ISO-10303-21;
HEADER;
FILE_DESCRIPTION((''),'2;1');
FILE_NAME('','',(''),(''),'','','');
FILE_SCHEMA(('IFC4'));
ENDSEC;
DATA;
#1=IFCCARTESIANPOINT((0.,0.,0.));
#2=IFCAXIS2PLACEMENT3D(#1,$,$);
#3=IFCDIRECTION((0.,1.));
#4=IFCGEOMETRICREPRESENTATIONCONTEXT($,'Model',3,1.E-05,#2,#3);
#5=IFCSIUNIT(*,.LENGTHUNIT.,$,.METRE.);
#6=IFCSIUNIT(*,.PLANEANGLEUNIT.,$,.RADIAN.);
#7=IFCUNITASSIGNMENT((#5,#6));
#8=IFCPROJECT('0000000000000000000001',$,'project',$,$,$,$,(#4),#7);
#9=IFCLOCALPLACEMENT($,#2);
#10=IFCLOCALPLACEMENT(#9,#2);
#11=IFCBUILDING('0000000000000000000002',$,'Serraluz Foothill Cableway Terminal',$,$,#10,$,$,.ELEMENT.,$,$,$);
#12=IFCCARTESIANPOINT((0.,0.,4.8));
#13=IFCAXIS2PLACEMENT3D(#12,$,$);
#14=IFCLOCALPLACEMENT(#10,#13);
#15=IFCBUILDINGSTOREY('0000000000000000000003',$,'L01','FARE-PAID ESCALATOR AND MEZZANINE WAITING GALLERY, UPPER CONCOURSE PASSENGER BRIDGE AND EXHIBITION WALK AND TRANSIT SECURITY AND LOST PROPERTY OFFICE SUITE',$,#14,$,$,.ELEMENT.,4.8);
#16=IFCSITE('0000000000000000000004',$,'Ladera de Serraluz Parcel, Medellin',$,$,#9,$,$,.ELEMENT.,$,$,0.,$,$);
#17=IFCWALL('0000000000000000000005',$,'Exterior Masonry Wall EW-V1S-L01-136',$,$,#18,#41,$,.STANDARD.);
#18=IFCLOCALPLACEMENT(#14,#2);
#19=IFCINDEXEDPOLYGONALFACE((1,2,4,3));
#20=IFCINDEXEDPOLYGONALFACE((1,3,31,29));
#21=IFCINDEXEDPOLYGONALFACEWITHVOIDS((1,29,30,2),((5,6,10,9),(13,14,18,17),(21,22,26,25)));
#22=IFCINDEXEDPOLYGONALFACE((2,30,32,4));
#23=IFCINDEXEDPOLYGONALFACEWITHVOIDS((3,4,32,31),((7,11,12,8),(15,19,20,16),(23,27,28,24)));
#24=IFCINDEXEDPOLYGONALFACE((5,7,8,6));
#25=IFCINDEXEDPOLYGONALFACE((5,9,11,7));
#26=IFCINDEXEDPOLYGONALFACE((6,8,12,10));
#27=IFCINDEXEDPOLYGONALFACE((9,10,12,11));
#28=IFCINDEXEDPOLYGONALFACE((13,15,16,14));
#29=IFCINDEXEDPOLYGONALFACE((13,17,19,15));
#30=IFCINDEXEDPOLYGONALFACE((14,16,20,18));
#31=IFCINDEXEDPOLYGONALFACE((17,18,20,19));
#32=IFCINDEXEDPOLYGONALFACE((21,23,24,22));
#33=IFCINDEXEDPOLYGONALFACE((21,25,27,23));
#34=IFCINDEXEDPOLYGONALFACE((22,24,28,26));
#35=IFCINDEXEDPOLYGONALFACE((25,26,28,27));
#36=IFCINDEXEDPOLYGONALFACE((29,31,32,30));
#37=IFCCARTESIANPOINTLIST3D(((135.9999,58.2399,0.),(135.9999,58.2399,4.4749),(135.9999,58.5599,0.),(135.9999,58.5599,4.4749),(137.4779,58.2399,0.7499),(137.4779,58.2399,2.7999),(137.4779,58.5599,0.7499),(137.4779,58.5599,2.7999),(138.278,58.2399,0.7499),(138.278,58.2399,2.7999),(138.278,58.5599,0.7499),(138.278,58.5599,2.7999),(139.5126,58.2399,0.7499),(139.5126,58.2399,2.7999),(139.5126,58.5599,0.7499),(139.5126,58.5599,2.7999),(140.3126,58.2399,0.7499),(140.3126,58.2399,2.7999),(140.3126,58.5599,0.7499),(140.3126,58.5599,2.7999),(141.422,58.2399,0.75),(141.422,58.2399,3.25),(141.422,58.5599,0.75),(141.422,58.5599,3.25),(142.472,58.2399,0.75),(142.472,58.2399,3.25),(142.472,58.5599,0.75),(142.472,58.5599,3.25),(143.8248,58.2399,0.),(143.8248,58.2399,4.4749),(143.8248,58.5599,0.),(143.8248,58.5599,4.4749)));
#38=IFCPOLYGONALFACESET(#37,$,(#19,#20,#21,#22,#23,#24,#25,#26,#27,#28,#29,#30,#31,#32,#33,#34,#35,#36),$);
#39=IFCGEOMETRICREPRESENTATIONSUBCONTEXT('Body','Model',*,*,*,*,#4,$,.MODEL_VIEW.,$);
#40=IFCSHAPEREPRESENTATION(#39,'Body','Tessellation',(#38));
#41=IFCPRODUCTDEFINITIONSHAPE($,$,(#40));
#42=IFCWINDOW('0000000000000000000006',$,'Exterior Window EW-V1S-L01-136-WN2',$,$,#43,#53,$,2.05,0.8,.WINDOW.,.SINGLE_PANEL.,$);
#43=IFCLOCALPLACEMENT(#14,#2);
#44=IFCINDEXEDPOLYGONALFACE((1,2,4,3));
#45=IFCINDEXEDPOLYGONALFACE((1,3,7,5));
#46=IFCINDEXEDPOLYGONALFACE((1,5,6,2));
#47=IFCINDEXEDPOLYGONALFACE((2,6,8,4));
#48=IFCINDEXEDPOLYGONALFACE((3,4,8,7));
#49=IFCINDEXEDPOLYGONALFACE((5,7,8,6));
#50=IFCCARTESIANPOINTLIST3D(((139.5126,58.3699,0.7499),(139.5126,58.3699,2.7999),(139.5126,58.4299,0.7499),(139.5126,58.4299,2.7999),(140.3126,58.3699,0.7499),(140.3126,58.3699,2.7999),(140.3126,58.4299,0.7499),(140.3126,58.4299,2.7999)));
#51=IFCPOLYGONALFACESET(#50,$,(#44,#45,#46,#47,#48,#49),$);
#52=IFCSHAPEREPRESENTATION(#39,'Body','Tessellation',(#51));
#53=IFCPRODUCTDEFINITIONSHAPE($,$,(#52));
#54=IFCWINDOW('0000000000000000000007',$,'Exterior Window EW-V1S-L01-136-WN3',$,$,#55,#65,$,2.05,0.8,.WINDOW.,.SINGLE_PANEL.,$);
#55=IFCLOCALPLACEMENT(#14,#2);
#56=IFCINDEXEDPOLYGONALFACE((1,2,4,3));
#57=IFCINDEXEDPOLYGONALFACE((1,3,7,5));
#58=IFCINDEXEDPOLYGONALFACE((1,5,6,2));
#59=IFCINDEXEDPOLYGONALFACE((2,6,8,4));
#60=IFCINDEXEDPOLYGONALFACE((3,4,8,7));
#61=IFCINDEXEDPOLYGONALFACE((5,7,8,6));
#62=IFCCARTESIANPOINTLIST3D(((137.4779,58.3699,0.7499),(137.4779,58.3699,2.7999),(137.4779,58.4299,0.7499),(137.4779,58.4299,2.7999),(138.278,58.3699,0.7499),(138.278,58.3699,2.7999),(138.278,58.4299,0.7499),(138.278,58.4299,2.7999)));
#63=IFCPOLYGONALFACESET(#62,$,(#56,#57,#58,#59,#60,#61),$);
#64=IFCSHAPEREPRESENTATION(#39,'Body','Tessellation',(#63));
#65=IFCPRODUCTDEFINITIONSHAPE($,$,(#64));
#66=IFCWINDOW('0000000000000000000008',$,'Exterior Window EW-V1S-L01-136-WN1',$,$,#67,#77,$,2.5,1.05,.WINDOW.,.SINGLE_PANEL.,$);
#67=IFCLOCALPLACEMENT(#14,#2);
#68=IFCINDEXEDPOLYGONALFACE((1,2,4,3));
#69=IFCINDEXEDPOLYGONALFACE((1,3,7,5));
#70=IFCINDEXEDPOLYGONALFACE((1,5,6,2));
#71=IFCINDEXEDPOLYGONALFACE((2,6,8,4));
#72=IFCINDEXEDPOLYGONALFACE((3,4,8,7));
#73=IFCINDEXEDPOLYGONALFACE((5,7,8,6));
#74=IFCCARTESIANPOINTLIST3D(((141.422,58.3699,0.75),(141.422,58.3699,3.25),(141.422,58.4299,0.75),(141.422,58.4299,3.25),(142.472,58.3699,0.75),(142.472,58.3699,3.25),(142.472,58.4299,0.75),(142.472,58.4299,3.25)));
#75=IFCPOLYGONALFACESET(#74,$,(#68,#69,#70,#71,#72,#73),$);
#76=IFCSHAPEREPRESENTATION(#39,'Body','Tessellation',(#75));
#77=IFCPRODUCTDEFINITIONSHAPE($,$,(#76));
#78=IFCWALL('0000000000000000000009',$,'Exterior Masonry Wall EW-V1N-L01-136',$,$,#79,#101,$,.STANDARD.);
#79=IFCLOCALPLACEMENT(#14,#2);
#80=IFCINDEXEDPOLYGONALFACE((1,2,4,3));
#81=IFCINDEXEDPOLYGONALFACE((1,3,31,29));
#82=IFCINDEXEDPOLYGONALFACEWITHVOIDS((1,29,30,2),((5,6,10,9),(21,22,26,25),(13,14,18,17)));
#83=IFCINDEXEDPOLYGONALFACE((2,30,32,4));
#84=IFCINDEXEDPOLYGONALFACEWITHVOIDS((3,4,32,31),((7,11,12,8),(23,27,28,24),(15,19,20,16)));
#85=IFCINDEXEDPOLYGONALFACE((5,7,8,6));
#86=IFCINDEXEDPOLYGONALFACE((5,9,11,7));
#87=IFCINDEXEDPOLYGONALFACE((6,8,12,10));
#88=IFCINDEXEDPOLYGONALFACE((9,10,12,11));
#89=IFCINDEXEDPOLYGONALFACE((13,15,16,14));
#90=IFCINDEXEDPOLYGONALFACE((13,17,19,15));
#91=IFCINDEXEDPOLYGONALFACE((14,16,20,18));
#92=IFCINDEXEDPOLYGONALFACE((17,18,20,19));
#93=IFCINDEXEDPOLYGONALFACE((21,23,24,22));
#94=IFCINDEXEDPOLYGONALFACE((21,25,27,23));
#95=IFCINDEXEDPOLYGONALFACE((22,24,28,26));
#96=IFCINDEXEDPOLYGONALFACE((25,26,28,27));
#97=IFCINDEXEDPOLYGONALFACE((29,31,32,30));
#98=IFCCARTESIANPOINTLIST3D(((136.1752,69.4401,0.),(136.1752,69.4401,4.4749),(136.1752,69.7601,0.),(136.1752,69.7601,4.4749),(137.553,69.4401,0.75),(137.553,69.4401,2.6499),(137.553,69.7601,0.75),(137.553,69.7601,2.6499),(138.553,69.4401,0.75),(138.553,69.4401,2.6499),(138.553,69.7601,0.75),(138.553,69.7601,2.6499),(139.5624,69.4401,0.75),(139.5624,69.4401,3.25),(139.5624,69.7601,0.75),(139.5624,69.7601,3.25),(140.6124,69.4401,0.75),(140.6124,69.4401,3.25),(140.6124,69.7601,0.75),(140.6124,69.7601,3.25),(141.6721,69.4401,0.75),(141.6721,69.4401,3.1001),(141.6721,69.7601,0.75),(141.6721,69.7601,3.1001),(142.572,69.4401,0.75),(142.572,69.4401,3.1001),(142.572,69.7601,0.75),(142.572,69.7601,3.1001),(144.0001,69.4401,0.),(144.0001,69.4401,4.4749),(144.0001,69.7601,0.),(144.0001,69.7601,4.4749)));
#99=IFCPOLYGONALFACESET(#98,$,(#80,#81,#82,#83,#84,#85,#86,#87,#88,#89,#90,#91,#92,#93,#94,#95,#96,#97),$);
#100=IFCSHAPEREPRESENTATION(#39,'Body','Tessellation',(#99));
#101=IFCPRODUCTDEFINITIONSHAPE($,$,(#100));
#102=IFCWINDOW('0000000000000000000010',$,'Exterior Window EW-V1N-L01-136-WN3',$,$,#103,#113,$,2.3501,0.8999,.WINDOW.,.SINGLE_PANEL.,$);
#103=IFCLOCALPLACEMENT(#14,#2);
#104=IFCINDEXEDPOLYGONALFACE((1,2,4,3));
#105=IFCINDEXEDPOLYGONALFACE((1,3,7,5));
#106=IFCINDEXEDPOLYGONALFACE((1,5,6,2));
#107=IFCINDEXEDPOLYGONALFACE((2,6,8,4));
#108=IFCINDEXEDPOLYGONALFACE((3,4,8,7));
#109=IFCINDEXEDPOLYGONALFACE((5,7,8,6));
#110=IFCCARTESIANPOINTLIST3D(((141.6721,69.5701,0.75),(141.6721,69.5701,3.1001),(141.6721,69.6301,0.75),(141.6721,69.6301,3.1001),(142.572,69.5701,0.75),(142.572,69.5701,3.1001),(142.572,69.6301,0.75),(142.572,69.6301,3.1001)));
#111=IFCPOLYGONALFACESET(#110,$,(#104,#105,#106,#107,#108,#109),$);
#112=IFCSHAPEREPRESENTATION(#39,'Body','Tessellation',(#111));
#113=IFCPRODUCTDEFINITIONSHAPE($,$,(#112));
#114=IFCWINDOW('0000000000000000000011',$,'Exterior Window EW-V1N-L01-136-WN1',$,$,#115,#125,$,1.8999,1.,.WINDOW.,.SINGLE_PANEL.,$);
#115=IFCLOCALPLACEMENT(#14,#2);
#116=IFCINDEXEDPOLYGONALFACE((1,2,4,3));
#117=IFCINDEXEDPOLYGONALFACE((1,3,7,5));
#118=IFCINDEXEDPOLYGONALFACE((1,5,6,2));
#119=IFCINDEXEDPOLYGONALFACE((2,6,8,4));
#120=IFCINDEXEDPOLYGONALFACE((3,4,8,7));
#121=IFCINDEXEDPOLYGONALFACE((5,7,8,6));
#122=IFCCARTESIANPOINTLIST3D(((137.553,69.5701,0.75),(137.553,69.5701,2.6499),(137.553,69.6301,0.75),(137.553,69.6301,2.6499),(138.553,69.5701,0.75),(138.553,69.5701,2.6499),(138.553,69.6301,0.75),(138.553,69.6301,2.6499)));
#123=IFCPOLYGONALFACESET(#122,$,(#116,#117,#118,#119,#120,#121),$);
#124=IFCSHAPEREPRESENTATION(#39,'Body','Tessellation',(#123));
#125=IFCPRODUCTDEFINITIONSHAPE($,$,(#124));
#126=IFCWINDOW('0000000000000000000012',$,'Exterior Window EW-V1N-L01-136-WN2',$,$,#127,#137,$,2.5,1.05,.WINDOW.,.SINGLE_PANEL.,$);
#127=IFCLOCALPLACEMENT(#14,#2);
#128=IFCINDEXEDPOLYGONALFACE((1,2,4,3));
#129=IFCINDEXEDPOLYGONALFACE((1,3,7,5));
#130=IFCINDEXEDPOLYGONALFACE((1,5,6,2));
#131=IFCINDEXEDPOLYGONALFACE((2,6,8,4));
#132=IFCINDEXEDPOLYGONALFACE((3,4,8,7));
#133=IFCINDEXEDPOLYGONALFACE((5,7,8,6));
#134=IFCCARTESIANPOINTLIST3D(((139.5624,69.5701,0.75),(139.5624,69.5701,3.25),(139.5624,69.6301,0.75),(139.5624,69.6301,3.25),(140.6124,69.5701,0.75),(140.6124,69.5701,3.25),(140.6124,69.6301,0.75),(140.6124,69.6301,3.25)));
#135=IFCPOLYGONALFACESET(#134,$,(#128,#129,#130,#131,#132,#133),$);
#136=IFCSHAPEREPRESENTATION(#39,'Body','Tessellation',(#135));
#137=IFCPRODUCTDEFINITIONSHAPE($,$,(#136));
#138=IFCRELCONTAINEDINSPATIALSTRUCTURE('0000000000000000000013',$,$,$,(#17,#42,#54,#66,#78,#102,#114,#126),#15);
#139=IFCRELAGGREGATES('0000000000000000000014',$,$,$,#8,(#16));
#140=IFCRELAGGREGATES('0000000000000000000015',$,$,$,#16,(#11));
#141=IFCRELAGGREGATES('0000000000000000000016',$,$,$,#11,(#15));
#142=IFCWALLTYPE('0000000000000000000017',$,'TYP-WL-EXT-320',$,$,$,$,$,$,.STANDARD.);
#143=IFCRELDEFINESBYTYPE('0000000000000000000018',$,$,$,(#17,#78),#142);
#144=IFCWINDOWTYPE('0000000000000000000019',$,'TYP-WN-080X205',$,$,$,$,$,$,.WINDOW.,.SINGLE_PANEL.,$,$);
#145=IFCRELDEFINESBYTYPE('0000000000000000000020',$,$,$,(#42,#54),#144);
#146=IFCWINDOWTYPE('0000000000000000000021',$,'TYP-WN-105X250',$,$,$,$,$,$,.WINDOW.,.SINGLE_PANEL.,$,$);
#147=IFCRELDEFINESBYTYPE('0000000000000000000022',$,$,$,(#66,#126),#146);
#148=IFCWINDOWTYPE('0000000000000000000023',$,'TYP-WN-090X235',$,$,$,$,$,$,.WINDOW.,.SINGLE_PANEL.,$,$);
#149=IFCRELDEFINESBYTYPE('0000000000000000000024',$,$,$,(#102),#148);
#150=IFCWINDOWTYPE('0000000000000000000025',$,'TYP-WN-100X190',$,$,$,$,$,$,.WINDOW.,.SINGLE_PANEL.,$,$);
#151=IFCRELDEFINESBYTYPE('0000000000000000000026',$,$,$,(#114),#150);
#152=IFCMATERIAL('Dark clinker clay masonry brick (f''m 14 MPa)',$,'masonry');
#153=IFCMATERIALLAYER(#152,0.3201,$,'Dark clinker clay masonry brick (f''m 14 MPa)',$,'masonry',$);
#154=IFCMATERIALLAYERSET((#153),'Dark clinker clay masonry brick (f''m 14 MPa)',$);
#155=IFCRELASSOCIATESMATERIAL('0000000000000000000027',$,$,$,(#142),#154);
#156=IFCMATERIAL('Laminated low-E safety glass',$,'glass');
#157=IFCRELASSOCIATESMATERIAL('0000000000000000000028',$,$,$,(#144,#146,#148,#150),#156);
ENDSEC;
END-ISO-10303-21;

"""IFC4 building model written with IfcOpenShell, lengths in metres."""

from ifc_helpers import new_model, si_unit, direction, frame, frame_2d, origin, place, context, subcontext, project, spatial, rectangle, extrude, material, layer, layer_set, type_object, element, fill, save


model = new_model("IFC4")

# Units and contexts
model_context = context("Model", 3, precision=1e-05, world=origin(), true_north=direction((0.0, 1.0)))
body_context = subcontext(model_context, "Body", "Model", "MODEL_VIEW")
ifc_project = project(units=[si_unit("LENGTHUNIT", "METRE"), si_unit("PLANEANGLEUNIT", "RADIAN")], contexts=[model_context])

# Site, building, storey
site_placement = place(None, origin())
site = spatial("IfcSite", under=ifc_project, at=site_placement, Name="Ladera de Serraluz Parcel, Medellin", CompositionType="ELEMENT", RefElevation=0.0)
building_placement = place(site_placement, origin())
building = spatial("IfcBuilding", under=site, at=building_placement, Name="Serraluz Foothill Cableway Terminal", CompositionType="ELEMENT")
storey_placement = place(building_placement, frame((0.0, 0.0, 4.8)))
storey = spatial("IfcBuildingStorey", under=building, at=storey_placement, Name="L01", Description="FARE-PAID ESCALATOR AND MEZZANINE WAITING GALLERY, UPPER CONCOURSE PASSENGER BRIDGE AND EXHIBITION WALK AND TRANSIT SECURITY AND LOST PROPERTY OFFICE SUITE", CompositionType="ELEMENT", Elevation=4.8)

# Shared definitions
ifc_material_1 = material(Name="Dark clinker clay masonry brick (f'm 14 MPa)", Category="masonry")

# Walls, openings, windows
ifc_layer = layer(ifc_material_1, 0.3201, Name="Dark clinker clay masonry brick (f'm 14 MPa)", Category="masonry")
ifc_layer_set = layer_set([ifc_layer], Name="Dark clinker clay masonry brick (f'm 14 MPa)")
wall_type = type_object("IfcWallType", Name="TYP-WL-EXT-320", PredefinedType="STANDARD", material=ifc_layer_set)
wall_1_placement = place(storey_placement, frame((143.825, 58.3999, 0.0), z_axis=(0.0, 0.0, 1.0), x_axis=(-1.0, 0.0, 0.0)))
wall_1 = element("IfcWall", 1, at=wall_1_placement, inside=storey, type_object=wall_type, Name="Exterior Masonry Wall EW-V1S-L01-136", PredefinedType="STANDARD", context=body_context, shape_type="SweptSolid", body=[
    extrude(rectangle(XDim=7.825, YDim=0.3201, at=frame_2d((3.9126, 0.0))), origin(), (0.0, 0.0, 1.0), 4.4749),
])
opening_1_placement = place(wall_1_placement, frame((1.353, 0.0, 0.75)))
opening_1 = element("IfcOpeningElement", 2, at=opening_1_placement, cuts=wall_1, PredefinedType="OPENING", context=body_context, shape_type="SweptSolid", body=[
    extrude(rectangle(XDim=1.05, YDim=2.5, at=frame_2d((0.5249, 1.25))), frame((0.0, 0.1699, 0.0), z_axis=(0.0, -1.0, 0.0), x_axis=(1.0, 0.0, 0.0)), (0.0, 0.0, 1.0), 0.3401),
])
opening_2_placement = place(wall_1_placement, frame((3.5125, 0.0, 0.75)))
opening_2 = element("IfcOpeningElement", 3, at=opening_2_placement, cuts=wall_1, PredefinedType="OPENING", context=body_context, shape_type="SweptSolid", body=[
    extrude(rectangle(XDim=0.8, YDim=2.05, at=frame_2d((0.3999, 1.0249))), frame((0.0, 0.1699, 0.0), z_axis=(0.0, -1.0, 0.0), x_axis=(1.0, 0.0, 0.0)), (0.0, 0.0, 1.0), 0.3401),
])
opening_3_placement = place(wall_1_placement, frame((5.5471, 0.0, 0.75)))
opening_3 = element("IfcOpeningElement", 4, at=opening_3_placement, cuts=wall_1, PredefinedType="OPENING", context=body_context, shape_type="SweptSolid", body=[
    extrude(rectangle(XDim=0.8, YDim=2.05, at=frame_2d((0.3999, 1.0249))), frame((0.0, 0.1699, 0.0), z_axis=(0.0, -1.0, 0.0), x_axis=(1.0, 0.0, 0.0)), (0.0, 0.0, 1.0), 0.3401),
])
ifc_material_2 = material(Name="Laminated low-E safety glass", Category="glass")
window_type_1 = type_object("IfcWindowType", Name="TYP-WN-080X205", PartitioningType="SINGLE_PANEL", PredefinedType="WINDOW", material=ifc_material_2)
window_1_placement = place(opening_2_placement, origin())
window_1 = element("IfcWindow", 5, at=window_1_placement, inside=storey, type_object=window_type_1, Name="Exterior Window EW-V1S-L01-136-WN2", OverallHeight=2.05, OverallWidth=0.8, PartitioningType="SINGLE_PANEL", PredefinedType="WINDOW", context=body_context, shape_type="SweptSolid", body=[
    extrude(rectangle(XDim=0.8, YDim=2.05, at=frame_2d((0.3999, 1.0249))), frame((0.0, 0.03, 0.0), z_axis=(0.0, -1.0, 0.0), x_axis=(1.0, 0.0, 0.0)), (0.0, 0.0, 1.0), 0.0601),
])
fill(opening_2, window_1)
window_2_placement = place(opening_3_placement, origin())
window_2 = element("IfcWindow", 6, at=window_2_placement, inside=storey, type_object=window_type_1, Name="Exterior Window EW-V1S-L01-136-WN3", OverallHeight=2.05, OverallWidth=0.8, PartitioningType="SINGLE_PANEL", PredefinedType="WINDOW", context=body_context, shape_type="SweptSolid", body=[
    extrude(rectangle(XDim=0.8, YDim=2.05, at=frame_2d((0.3999, 1.0249))), frame((0.0, 0.03, 0.0), z_axis=(0.0, -1.0, 0.0), x_axis=(1.0, 0.0, 0.0)), (0.0, 0.0, 1.0), 0.0601),
])
fill(opening_3, window_2)
window_type_2 = type_object("IfcWindowType", Name="TYP-WN-105X250", PartitioningType="SINGLE_PANEL", PredefinedType="WINDOW", material=ifc_material_2)
window_3_placement = place(opening_1_placement, origin())
window_3 = element("IfcWindow", 7, at=window_3_placement, inside=storey, type_object=window_type_2, Name="Exterior Window EW-V1S-L01-136-WN1", OverallHeight=2.5, OverallWidth=1.05, PartitioningType="SINGLE_PANEL", PredefinedType="WINDOW", context=body_context, shape_type="SweptSolid", body=[
    extrude(rectangle(XDim=1.05, YDim=2.5, at=frame_2d((0.5249, 1.25))), frame((0.0, 0.03, 0.0), z_axis=(0.0, -1.0, 0.0), x_axis=(1.0, 0.0, 0.0)), (0.0, 0.0, 1.0), 0.0601),
])
fill(opening_1, window_3)
wall_2_placement = place(storey_placement, frame((136.175, 69.6001, 0.0), z_axis=(0.0, 0.0, 1.0), x_axis=(1.0, 0.0, 0.0)))
wall_2 = element("IfcWall", 8, at=wall_2_placement, inside=storey, type_object=wall_type, Name="Exterior Masonry Wall EW-V1N-L01-136", PredefinedType="STANDARD", context=body_context, shape_type="SweptSolid", body=[
    extrude(rectangle(XDim=7.825, YDim=0.3201, at=frame_2d((3.9126, 0.0))), origin(), (0.0, 0.0, 1.0), 4.4749),
])
opening_4_placement = place(wall_2_placement, frame((1.3779, 0.0, 0.75)))
opening_4 = element("IfcOpeningElement", 9, at=opening_4_placement, cuts=wall_2, PredefinedType="OPENING", context=body_context, shape_type="SweptSolid", body=[
    extrude(rectangle(XDim=1.0, YDim=1.8999, at=frame_2d((0.5, 0.95))), frame((0.0, 0.1699, 0.0), z_axis=(0.0, -1.0, 0.0), x_axis=(1.0, 0.0, 0.0)), (0.0, 0.0, 1.0), 0.3401),
])
opening_5_placement = place(wall_2_placement, frame((3.3875, 0.0, 0.75)))
opening_5 = element("IfcOpeningElement", 10, at=opening_5_placement, cuts=wall_2, PredefinedType="OPENING", context=body_context, shape_type="SweptSolid", body=[
    extrude(rectangle(XDim=1.05, YDim=2.5, at=frame_2d((0.5249, 1.25))), frame((0.0, 0.1699, 0.0), z_axis=(0.0, -1.0, 0.0), x_axis=(1.0, 0.0, 0.0)), (0.0, 0.0, 1.0), 0.3401),
])
opening_6_placement = place(wall_2_placement, frame((5.4971, 0.0, 0.75)))
opening_6 = element("IfcOpeningElement", 11, at=opening_6_placement, cuts=wall_2, PredefinedType="OPENING", context=body_context, shape_type="SweptSolid", body=[
    extrude(rectangle(XDim=0.8999, YDim=2.3501, at=frame_2d((0.45, 1.175))), frame((0.0, 0.1699, 0.0), z_axis=(0.0, -1.0, 0.0), x_axis=(1.0, 0.0, 0.0)), (0.0, 0.0, 1.0), 0.3401),
])
window_type_3 = type_object("IfcWindowType", Name="TYP-WN-090X235", PartitioningType="SINGLE_PANEL", PredefinedType="WINDOW", material=ifc_material_2)
window_4_placement = place(opening_6_placement, origin())
window_4 = element("IfcWindow", 12, at=window_4_placement, inside=storey, type_object=window_type_3, Name="Exterior Window EW-V1N-L01-136-WN3", OverallHeight=2.3501, OverallWidth=0.8999, PartitioningType="SINGLE_PANEL", PredefinedType="WINDOW", context=body_context, shape_type="SweptSolid", body=[
    extrude(rectangle(XDim=0.8999, YDim=2.3501, at=frame_2d((0.45, 1.175))), frame((0.0, 0.03, 0.0), z_axis=(0.0, -1.0, 0.0), x_axis=(1.0, 0.0, 0.0)), (0.0, 0.0, 1.0), 0.0601),
])
fill(opening_6, window_4)
window_type_4 = type_object("IfcWindowType", Name="TYP-WN-100X190", PartitioningType="SINGLE_PANEL", PredefinedType="WINDOW", material=ifc_material_2)
window_5_placement = place(opening_4_placement, origin())
window_5 = element("IfcWindow", 13, at=window_5_placement, inside=storey, type_object=window_type_4, Name="Exterior Window EW-V1N-L01-136-WN1", OverallHeight=1.8999, OverallWidth=1.0, PartitioningType="SINGLE_PANEL", PredefinedType="WINDOW", context=body_context, shape_type="SweptSolid", body=[
    extrude(rectangle(XDim=1.0, YDim=1.8999, at=frame_2d((0.5, 0.95))), frame((0.0, 0.03, 0.0), z_axis=(0.0, -1.0, 0.0), x_axis=(1.0, 0.0, 0.0)), (0.0, 0.0, 1.0), 0.0601),
])
fill(opening_4, window_5)
window_6_placement = place(opening_5_placement, origin())
window_6 = element("IfcWindow", 14, at=window_6_placement, inside=storey, type_object=window_type_2, Name="Exterior Window EW-V1N-L01-136-WN2", OverallHeight=2.5, OverallWidth=1.05, PartitioningType="SINGLE_PANEL", PredefinedType="WINDOW", context=body_context, shape_type="SweptSolid", body=[
    extrude(rectangle(XDim=1.05, YDim=2.5, at=frame_2d((0.5249, 1.25))), frame((0.0, 0.03, 0.0), z_axis=(0.0, -1.0, 0.0), x_axis=(1.0, 0.0, 0.0)), (0.0, 0.0, 1.0), 0.0601),
])
fill(opening_5, window_6)

save(model, "model.ifc")
